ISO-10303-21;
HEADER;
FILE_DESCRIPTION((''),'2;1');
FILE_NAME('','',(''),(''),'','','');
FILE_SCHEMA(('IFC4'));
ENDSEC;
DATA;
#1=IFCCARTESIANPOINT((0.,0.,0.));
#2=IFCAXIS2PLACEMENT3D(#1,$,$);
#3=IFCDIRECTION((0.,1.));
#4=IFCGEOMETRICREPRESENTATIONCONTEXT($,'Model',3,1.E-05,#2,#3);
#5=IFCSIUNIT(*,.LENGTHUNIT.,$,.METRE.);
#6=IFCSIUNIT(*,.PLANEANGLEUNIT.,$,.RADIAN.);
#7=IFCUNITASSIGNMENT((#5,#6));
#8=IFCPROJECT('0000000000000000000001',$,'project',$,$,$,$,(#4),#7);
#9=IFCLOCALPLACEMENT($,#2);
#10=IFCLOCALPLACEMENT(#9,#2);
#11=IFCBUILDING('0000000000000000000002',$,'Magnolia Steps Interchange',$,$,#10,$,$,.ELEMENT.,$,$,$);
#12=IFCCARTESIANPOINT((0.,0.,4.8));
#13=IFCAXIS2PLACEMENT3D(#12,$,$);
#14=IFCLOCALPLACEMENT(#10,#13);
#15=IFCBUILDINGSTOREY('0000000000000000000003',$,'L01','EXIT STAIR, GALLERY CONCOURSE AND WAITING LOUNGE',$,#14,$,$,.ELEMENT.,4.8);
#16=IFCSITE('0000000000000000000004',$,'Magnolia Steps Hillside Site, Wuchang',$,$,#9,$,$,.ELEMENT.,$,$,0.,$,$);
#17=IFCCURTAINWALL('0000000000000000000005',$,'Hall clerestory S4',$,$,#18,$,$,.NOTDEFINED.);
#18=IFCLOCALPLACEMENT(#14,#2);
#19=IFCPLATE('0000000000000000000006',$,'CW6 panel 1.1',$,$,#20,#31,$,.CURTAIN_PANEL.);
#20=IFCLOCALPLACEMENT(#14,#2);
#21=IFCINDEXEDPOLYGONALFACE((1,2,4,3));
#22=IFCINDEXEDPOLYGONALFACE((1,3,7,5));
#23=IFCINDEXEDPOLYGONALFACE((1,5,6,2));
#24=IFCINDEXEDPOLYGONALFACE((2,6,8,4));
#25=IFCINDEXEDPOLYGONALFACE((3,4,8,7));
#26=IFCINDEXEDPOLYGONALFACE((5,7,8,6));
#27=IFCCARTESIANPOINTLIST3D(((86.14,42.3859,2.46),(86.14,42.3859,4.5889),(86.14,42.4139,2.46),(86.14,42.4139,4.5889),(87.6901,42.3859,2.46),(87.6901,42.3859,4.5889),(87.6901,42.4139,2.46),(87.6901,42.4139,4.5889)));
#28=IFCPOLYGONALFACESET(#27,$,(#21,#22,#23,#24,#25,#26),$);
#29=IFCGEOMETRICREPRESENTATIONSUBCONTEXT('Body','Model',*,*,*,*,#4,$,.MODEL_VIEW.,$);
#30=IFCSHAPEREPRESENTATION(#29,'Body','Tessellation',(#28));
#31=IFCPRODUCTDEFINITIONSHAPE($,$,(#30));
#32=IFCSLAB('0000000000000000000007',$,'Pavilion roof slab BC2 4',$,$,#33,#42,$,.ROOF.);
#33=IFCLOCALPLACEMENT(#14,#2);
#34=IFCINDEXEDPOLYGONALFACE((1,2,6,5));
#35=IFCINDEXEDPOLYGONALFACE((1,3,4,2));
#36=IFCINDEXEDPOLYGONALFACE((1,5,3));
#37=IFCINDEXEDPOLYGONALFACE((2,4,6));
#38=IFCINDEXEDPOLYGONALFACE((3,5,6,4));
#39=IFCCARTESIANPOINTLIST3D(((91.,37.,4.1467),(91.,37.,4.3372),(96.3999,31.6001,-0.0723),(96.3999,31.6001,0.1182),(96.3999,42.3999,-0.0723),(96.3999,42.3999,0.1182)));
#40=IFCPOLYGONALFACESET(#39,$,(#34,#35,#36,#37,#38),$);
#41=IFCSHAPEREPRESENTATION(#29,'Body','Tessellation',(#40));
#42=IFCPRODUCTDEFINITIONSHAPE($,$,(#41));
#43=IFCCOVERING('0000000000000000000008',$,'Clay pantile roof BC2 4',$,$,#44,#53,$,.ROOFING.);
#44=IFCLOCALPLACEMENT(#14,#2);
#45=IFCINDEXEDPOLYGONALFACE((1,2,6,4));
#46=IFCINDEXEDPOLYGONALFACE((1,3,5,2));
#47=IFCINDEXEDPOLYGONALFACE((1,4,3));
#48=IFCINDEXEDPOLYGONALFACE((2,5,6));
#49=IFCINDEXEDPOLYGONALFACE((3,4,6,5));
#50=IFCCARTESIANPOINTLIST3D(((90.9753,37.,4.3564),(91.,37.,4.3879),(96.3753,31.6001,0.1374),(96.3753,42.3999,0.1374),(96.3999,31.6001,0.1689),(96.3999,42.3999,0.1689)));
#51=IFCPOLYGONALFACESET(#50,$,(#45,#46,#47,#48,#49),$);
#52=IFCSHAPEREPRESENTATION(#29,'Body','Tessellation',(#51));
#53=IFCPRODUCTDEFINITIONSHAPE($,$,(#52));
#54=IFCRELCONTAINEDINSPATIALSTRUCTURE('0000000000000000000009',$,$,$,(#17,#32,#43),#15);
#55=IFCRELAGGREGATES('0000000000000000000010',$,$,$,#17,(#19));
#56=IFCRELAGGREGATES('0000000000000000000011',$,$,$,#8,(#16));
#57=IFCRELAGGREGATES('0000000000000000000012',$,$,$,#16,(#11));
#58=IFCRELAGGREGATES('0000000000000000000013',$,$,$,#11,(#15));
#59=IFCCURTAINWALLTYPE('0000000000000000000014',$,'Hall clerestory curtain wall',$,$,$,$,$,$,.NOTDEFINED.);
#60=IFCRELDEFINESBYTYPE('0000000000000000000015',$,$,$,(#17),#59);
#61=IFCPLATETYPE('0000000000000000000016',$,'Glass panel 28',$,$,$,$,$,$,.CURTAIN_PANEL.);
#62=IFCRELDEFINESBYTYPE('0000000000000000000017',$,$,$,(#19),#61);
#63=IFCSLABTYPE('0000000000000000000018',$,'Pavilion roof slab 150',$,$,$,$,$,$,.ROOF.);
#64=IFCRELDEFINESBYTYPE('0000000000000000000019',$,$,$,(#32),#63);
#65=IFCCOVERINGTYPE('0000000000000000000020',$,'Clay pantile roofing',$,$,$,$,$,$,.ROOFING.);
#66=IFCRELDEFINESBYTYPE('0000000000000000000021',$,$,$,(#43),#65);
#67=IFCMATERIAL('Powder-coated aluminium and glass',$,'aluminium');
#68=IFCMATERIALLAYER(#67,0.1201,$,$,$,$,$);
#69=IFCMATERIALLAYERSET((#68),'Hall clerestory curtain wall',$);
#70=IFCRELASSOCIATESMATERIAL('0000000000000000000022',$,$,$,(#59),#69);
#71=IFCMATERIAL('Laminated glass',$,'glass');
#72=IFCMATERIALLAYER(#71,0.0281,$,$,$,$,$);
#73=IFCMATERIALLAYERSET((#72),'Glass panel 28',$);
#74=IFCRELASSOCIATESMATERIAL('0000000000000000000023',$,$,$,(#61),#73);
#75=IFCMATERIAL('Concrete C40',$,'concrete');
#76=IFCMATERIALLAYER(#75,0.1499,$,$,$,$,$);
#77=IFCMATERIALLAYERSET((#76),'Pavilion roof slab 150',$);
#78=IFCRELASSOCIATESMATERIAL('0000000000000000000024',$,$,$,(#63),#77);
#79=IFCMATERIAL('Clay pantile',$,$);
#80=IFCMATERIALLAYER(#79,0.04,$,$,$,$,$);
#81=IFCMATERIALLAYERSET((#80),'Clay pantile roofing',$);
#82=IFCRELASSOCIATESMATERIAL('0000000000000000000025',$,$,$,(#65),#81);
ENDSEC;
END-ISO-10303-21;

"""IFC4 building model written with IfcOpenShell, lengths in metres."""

from ifc_helpers import new_model, si_unit, direction, frame, origin, origin_2d, place, context, subcontext, project, spatial, polyline, rectangle, outline, extrude, material, layer, layer_set, type_object, element, aggregate, save


model = new_model("IFC4")

# Units and contexts
model_context = context("Model", 3, precision=1e-05, world=origin(), true_north=direction((0.0, 1.0)))
body_context = subcontext(model_context, "Body", "Model", "MODEL_VIEW")
ifc_project = project(units=[si_unit("LENGTHUNIT", "METRE"), si_unit("PLANEANGLEUNIT", "RADIAN")], contexts=[model_context])

# Site, building, storey
site_placement = place(None, origin())
site = spatial("IfcSite", under=ifc_project, at=site_placement, Name="Magnolia Steps Hillside Site, Wuchang", CompositionType="ELEMENT", RefElevation=0.0)
building_placement = place(site_placement, origin())
building = spatial("IfcBuilding", under=site, at=building_placement, Name="Magnolia Steps Interchange", CompositionType="ELEMENT")
storey_placement = place(building_placement, frame((0.0, 0.0, 4.8)))
storey = spatial("IfcBuildingStorey", under=building, at=storey_placement, Name="L01", Description="EXIT STAIR, GALLERY CONCOURSE AND WAITING LOUNGE", CompositionType="ELEMENT", Elevation=4.8)

# Curtain wall
ifc_material_1 = material(Name="Powder-coated aluminium and glass", Category="aluminium")
ifc_layer_1 = layer(ifc_material_1, 0.1201)
ifc_layer_set_1 = layer_set([ifc_layer_1], Name="Hall clerestory curtain wall")
curtain_wall_type_1 = type_object("IfcCurtainWallType", Name="Hall clerestory curtain wall", PredefinedType="NOTDEFINED", material=ifc_layer_set_1)
curtain_wall_1_placement = place(storey_placement, origin())
curtain_wall_1 = element("IfcCurtainWall", 1, at=curtain_wall_1_placement, inside=storey, type_object=curtain_wall_type_1, Name="Hall clerestory S4", PredefinedType="NOTDEFINED")

# Plate
ifc_material_2 = material(Name="Laminated glass", Category="glass")
ifc_layer_2 = layer(ifc_material_2, 0.0281)
ifc_layer_set_2 = layer_set([ifc_layer_2], Name="Glass panel 28")
plate_type = type_object("IfcPlateType", Name="Glass panel 28", PredefinedType="CURTAIN_PANEL", material=ifc_layer_set_2)
plate_1_placement = place(storey_placement, frame((86.915, 42.3999, 2.46), z_axis=(0.0, 0.0, 1.0), x_axis=(1.0, 0.0, 0.0)))
plate_1 = element("IfcPlate", 2, at=plate_1_placement, type_object=plate_type, Name="CW6 panel 1.1", PredefinedType="CURTAIN_PANEL", context=body_context, shape_type="SweptSolid", body=[
    extrude(rectangle(XDim=1.55, YDim=0.0281, at=origin_2d()), origin(), (0.0, 0.0, 1.0), 2.1289),
])
aggregate(curtain_wall_1, [plate_1])

# Slab
ifc_material_3 = material(Name="Concrete C40", Category="concrete")
ifc_layer_3 = layer(ifc_material_3, 0.1499)
ifc_layer_set_3 = layer_set([ifc_layer_3], Name="Pavilion roof slab 150")
slab_type = type_object("IfcSlabType", Name="Pavilion roof slab 150", PredefinedType="ROOF", material=ifc_layer_set_3)
slab_placement = place(storey_placement, frame((96.3999, 31.6001, 0.1182), z_axis=(0.615673, 0.0, 0.788002), x_axis=(0.0, 1.0, 0.0)))
element("IfcSlab", 3, at=slab_placement, inside=storey, type_object=slab_type, Name="Pavilion roof slab BC2 4", PredefinedType="ROOF", context=body_context, shape_type="SweptSolid", body=[
    extrude(outline(polyline([(0.0, 0.0), (10.7998, 0.0), (5.3999, 6.8527), (0.0, 0.0)])), origin(), (0.0, -0.615673, -0.788002), 0.1904),
])

# Covering
ifc_material_4 = material(Name="Clay pantile")
ifc_layer_4 = layer(ifc_material_4, 0.04)
ifc_layer_set_4 = layer_set([ifc_layer_4], Name="Clay pantile roofing")
covering_type = type_object("IfcCoveringType", Name="Clay pantile roofing", PredefinedType="ROOFING", material=ifc_layer_set_4)
covering_placement = place(storey_placement, frame((96.3999, 31.6001, 0.1689), z_axis=(0.615673, 0.0, 0.788002), x_axis=(0.0, 1.0, 0.0)))
element("IfcCovering", 4, at=covering_placement, inside=storey, type_object=covering_type, Name="Clay pantile roof BC2 4", PredefinedType="ROOFING", context=body_context, shape_type="SweptSolid", body=[
    extrude(outline(polyline([(0.0, 0.0), (10.7998, 0.0), (5.3999, 6.8527), (0.0, 0.0)])), origin(), (0.0, 0.0, -1.0), 0.04),
])

save(model, "model.ifc")
